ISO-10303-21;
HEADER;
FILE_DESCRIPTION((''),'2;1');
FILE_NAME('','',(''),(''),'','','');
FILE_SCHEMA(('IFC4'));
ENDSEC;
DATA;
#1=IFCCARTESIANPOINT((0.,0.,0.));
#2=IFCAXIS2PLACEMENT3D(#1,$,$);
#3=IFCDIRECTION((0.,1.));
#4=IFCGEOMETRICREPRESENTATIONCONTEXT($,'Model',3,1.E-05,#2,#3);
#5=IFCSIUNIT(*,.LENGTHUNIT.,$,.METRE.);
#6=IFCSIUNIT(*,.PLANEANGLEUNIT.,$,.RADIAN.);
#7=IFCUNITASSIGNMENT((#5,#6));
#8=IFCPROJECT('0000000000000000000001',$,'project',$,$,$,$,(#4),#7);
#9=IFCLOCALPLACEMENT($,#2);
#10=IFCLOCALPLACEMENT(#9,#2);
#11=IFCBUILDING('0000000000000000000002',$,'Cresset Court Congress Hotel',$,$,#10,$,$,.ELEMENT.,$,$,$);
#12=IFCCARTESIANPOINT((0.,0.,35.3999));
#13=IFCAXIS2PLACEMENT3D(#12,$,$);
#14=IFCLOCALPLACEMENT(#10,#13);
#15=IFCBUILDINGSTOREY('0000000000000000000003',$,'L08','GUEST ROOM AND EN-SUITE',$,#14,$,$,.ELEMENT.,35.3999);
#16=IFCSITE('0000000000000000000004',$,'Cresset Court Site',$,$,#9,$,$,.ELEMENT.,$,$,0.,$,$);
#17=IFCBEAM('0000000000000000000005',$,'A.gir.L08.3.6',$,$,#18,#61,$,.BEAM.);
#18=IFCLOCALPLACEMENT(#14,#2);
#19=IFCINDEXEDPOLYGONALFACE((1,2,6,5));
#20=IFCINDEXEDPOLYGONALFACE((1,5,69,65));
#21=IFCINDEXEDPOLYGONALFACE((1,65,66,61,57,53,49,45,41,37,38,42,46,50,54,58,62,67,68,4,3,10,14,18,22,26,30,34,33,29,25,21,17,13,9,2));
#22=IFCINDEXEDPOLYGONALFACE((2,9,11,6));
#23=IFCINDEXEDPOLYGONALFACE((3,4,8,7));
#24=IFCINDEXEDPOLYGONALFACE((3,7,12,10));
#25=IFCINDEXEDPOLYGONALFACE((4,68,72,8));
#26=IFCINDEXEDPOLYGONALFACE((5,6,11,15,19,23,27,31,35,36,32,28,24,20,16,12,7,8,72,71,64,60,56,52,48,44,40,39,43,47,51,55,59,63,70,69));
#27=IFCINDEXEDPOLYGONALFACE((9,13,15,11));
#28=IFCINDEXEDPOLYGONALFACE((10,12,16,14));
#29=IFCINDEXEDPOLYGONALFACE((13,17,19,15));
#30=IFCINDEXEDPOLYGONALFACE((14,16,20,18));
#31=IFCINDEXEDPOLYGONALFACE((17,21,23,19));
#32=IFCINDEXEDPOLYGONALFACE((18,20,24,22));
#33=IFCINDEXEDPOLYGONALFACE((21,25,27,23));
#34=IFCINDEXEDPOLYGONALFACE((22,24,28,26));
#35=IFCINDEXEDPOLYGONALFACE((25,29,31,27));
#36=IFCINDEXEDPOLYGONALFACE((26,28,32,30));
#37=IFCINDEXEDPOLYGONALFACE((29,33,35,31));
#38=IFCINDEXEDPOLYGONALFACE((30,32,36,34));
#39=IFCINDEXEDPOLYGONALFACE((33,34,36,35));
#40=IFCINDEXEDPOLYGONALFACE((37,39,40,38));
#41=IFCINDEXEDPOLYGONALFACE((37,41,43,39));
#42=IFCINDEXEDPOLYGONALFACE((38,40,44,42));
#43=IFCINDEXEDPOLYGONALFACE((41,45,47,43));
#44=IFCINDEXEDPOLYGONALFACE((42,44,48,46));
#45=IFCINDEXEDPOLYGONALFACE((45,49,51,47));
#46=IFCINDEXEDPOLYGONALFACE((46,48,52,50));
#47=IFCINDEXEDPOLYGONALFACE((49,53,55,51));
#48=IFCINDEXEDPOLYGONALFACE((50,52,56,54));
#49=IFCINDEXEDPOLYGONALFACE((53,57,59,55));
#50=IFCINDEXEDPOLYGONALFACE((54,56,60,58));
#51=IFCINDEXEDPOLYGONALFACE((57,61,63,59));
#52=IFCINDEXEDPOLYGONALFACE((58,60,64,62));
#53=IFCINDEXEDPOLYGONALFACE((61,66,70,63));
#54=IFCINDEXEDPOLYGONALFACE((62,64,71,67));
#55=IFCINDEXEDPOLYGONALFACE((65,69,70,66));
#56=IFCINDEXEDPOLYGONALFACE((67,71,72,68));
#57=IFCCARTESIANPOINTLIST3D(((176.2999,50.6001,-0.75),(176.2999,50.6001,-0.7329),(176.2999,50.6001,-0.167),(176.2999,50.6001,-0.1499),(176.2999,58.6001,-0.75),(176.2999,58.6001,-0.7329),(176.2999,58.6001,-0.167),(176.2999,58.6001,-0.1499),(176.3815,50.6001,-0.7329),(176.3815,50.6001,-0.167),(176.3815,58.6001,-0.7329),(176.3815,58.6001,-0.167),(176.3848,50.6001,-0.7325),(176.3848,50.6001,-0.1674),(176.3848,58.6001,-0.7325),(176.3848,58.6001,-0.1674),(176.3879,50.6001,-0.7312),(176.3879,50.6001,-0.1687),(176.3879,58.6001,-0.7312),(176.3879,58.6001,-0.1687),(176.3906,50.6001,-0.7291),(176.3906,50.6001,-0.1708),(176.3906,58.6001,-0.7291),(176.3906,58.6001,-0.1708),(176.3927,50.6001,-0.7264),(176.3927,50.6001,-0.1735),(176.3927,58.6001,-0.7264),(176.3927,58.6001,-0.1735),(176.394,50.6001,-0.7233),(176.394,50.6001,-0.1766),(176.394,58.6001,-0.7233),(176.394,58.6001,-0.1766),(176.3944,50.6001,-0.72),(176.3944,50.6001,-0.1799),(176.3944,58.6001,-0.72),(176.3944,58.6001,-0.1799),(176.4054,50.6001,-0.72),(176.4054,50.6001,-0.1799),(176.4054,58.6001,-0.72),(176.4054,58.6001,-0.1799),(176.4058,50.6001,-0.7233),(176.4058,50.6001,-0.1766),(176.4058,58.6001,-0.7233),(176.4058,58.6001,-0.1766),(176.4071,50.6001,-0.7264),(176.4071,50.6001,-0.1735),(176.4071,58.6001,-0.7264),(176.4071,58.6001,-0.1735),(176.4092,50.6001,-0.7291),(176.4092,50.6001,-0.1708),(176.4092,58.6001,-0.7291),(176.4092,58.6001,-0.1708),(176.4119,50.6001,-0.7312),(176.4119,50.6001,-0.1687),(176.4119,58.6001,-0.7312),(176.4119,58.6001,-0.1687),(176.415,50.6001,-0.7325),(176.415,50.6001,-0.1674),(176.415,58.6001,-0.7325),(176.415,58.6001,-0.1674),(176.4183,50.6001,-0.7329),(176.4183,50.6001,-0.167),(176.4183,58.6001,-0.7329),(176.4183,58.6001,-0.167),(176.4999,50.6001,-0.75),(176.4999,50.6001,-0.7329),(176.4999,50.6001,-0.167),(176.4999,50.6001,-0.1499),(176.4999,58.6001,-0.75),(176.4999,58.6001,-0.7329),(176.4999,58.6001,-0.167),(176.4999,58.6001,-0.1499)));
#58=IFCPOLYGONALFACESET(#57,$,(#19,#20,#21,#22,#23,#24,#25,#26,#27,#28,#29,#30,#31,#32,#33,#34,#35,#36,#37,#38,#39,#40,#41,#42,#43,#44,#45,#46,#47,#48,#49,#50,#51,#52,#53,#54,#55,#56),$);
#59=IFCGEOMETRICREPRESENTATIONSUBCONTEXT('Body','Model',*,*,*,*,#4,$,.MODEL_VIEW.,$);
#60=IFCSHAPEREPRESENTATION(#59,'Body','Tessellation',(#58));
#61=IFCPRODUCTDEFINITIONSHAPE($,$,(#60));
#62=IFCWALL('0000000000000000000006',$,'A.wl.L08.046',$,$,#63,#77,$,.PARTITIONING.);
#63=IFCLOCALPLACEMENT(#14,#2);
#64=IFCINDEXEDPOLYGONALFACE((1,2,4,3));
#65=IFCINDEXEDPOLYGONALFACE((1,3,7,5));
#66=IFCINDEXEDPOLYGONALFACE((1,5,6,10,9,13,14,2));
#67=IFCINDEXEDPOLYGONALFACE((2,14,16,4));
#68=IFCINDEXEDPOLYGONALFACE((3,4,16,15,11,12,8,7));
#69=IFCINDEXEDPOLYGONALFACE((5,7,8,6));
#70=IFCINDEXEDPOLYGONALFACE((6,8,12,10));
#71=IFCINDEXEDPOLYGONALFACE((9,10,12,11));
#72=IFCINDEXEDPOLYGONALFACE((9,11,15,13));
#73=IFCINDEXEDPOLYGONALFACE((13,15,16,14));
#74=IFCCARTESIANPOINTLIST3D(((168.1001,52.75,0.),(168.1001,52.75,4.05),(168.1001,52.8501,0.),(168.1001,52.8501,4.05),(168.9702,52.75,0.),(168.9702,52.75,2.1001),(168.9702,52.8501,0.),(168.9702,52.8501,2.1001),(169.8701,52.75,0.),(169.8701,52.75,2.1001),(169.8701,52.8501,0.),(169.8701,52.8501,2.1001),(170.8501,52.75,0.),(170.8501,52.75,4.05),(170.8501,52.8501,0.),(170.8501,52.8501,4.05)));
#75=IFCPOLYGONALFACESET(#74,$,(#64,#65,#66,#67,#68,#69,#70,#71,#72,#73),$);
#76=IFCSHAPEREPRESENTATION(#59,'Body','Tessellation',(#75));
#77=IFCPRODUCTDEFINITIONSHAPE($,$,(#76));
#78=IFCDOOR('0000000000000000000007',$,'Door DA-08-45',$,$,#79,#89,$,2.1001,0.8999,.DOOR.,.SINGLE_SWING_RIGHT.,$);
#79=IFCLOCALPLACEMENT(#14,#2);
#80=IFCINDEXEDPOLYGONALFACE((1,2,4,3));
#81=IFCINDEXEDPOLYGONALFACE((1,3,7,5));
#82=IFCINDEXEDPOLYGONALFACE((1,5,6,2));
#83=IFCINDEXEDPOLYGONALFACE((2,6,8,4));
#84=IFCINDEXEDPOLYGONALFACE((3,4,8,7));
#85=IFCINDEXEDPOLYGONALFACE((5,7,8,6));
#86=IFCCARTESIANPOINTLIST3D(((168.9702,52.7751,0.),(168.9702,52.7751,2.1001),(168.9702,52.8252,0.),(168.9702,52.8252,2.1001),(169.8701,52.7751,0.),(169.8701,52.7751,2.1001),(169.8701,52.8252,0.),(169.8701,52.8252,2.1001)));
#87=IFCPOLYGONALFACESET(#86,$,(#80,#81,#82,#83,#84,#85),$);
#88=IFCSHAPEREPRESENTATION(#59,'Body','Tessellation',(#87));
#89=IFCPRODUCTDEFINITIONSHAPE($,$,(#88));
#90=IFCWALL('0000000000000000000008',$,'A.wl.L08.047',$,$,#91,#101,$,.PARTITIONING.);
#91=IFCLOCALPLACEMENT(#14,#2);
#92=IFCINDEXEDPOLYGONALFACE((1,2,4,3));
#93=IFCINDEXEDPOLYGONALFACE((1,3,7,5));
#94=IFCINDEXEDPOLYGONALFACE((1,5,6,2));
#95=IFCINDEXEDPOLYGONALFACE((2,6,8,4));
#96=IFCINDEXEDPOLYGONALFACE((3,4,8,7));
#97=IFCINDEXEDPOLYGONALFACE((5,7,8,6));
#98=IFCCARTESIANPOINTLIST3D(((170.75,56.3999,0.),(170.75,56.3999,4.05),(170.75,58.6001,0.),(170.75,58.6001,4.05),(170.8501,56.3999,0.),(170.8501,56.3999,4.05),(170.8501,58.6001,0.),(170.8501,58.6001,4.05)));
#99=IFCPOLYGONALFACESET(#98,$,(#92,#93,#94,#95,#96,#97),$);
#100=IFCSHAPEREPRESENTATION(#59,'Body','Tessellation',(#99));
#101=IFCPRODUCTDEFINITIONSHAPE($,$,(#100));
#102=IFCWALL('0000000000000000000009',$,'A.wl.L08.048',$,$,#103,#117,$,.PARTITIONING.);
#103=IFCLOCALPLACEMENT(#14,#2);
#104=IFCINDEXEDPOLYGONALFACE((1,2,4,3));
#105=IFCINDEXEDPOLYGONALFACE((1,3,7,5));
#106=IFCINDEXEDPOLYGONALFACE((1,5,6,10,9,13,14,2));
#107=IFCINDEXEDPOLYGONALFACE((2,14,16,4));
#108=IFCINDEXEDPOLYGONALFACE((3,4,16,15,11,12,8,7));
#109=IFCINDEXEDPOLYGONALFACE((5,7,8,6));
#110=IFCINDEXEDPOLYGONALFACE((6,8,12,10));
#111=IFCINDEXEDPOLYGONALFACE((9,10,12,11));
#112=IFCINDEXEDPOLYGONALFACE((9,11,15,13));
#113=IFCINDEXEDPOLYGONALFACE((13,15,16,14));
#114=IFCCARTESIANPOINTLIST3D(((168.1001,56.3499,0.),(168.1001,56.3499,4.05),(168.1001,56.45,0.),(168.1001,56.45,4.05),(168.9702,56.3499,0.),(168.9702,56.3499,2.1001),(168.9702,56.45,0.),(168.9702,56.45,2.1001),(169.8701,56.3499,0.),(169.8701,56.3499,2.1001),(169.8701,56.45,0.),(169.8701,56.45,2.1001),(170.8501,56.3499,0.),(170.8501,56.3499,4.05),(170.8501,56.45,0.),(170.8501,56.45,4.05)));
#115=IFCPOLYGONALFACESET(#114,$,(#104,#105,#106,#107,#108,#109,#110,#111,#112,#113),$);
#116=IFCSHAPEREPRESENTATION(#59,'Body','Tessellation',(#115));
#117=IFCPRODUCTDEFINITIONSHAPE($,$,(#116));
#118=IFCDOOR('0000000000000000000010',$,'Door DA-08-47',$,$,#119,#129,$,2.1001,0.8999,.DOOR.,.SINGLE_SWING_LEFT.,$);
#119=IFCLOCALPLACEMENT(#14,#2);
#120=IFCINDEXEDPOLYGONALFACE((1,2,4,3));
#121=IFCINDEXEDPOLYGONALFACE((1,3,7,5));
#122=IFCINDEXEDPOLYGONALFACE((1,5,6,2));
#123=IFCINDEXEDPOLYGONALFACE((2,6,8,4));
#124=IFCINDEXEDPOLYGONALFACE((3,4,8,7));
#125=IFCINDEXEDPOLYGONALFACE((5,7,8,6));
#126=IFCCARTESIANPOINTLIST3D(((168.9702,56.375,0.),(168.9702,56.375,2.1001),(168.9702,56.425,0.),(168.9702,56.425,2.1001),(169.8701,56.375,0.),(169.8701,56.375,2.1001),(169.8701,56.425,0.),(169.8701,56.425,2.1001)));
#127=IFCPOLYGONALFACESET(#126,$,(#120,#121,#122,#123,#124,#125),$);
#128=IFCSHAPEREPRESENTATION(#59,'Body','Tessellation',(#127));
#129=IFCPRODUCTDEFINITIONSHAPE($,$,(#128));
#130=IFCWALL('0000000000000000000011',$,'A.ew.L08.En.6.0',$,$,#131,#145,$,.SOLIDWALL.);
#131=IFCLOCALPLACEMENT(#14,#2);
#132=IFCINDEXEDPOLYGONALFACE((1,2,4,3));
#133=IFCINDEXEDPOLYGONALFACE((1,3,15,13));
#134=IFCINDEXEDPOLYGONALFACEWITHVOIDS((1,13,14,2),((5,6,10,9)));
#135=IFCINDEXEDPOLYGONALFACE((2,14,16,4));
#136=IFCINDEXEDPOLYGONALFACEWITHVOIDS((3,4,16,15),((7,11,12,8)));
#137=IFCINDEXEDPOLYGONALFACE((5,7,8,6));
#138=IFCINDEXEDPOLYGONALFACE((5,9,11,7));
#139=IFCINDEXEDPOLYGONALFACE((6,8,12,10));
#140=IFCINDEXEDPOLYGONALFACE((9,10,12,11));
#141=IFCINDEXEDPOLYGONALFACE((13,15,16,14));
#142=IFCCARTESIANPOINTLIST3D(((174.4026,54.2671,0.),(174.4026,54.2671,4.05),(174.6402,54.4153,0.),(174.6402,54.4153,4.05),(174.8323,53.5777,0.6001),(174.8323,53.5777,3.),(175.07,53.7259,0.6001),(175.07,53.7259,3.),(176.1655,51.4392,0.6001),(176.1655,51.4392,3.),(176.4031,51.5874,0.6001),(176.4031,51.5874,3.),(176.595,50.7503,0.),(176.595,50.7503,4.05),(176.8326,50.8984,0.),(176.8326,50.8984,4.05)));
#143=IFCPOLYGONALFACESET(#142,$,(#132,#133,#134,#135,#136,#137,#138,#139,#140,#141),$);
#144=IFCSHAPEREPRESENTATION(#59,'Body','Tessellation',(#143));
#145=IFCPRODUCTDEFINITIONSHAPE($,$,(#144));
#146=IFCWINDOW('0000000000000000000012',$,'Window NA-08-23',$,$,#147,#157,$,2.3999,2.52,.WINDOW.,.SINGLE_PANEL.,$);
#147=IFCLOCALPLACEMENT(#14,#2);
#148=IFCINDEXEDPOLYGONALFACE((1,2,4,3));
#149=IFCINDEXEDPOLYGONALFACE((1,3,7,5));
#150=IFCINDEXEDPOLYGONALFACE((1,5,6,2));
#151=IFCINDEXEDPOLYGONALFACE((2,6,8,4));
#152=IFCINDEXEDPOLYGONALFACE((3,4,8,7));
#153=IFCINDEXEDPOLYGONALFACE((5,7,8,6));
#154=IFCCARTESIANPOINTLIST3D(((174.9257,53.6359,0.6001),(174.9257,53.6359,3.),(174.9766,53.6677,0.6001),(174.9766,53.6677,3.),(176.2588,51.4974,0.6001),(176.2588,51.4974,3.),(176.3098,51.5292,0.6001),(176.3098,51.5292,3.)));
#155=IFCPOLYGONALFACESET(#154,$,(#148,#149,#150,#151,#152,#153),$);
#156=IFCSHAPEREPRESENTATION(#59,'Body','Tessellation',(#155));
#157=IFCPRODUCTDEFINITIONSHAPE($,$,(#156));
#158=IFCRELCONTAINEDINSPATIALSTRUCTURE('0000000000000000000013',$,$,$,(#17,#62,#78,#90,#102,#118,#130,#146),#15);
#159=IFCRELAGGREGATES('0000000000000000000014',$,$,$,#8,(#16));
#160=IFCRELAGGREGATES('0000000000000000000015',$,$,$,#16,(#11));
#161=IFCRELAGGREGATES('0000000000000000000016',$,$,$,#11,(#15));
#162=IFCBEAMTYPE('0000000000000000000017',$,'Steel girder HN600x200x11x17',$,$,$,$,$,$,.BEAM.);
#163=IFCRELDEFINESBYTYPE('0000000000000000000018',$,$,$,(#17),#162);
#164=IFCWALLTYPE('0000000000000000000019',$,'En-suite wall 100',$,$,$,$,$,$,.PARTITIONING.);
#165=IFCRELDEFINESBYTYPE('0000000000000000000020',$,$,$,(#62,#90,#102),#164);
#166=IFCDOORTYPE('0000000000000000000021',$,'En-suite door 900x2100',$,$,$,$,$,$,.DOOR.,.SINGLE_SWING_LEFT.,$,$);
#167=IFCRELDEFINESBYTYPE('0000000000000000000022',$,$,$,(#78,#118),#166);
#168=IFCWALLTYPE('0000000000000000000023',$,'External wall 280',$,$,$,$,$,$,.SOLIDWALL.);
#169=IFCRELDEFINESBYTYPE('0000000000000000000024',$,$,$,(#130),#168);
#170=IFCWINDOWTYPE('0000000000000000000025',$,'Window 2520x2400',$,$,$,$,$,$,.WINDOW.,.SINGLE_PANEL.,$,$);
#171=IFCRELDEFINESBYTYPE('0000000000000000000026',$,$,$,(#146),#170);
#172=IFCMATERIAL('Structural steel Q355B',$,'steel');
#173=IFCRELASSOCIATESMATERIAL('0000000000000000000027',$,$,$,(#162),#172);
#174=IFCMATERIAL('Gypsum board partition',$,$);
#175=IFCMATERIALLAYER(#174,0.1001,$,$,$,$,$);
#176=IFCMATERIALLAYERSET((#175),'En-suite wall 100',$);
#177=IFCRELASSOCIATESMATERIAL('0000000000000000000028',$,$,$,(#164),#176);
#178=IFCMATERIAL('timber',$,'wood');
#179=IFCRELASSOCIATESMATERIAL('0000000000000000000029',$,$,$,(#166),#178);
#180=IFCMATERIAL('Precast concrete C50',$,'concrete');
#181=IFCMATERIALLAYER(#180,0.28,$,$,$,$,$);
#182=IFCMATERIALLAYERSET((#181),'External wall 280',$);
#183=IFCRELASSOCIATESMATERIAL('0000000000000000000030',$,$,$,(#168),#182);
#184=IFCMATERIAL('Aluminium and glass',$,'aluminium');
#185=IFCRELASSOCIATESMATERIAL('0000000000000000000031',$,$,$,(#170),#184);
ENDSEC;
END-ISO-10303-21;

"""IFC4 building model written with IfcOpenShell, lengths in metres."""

from ifc_helpers import new_model, si_unit, direction, frame, frame_2d, origin, origin_2d, place, context, subcontext, project, spatial, rectangle, i_section, extrude, material, layer, layer_set, material_profile, profile_set, type_object, element, fill, save


model = new_model("IFC4")

# Units and contexts
model_context = context("Model", 3, precision=1e-05, world=origin(), true_north=direction((0.0, 1.0)))
body_context = subcontext(model_context, "Body", "Model", "MODEL_VIEW")
ifc_project = project(units=[si_unit("LENGTHUNIT", "METRE"), si_unit("PLANEANGLEUNIT", "RADIAN")], contexts=[model_context])

# Site, building, storey
site_placement = place(None, origin())
site = spatial("IfcSite", under=ifc_project, at=site_placement, Name="Cresset Court Site", CompositionType="ELEMENT", RefElevation=0.0)
building_placement = place(site_placement, origin())
building = spatial("IfcBuilding", under=site, at=building_placement, Name="Cresset Court Congress Hotel", CompositionType="ELEMENT")
storey_placement = place(building_placement, frame((0.0, 0.0, 35.3999)))
storey = spatial("IfcBuildingStorey", under=building, at=storey_placement, Name="L08", Description="GUEST ROOM AND EN-SUITE", CompositionType="ELEMENT", Elevation=35.3999)

# Beam
ifc_material_1 = material(Name="Structural steel Q355B", Category="steel")
ifc_material_profile = material_profile(ifc_material_1, i_section(OverallWidth=0.2, OverallDepth=0.6001, WebThickness=0.011, FlangeThickness=0.0171, FilletRadius=0.0129, at=origin_2d()), Name="HN600x200x11x17")
ifc_profile_set = profile_set([ifc_material_profile], Name="Structural steel Q355B")
beam_type = type_object("IfcBeamType", Name="Steel girder HN600x200x11x17", PredefinedType="BEAM", material=ifc_profile_set)
beam_placement = place(storey_placement, frame((176.3999, 50.6001, -0.45), z_axis=(0.0, 1.0, 0.0), x_axis=(-1.0, 0.0, 0.0)))
element("IfcBeam", 1, at=beam_placement, inside=storey, type_object=beam_type, Name="A.gir.L08.3.6", PredefinedType="BEAM", context=body_context, shape_type="SweptSolid", body=[
    extrude(i_section(OverallWidth=0.2, OverallDepth=0.6001, WebThickness=0.011, FlangeThickness=0.0171, FilletRadius=0.0129, at=origin_2d()), origin(), (0.0, 0.0, 1.0), 8.0),
])

# Wall, opening, door
ifc_material_2 = material(Name="Gypsum board partition")
ifc_layer_1 = layer(ifc_material_2, 0.1001)
ifc_layer_set_1 = layer_set([ifc_layer_1], Name="En-suite wall 100")
wall_type_1 = type_object("IfcWallType", Name="En-suite wall 100", PredefinedType="PARTITIONING", material=ifc_layer_set_1)
wall_1_placement = place(storey_placement, frame((170.8501, 52.8, 0.0), z_axis=(0.0, 0.0, 1.0), x_axis=(-1.0, 0.0, 0.0)))
wall_1 = element("IfcWall", 2, at=wall_1_placement, inside=storey, type_object=wall_type_1, Name="A.wl.L08.046", PredefinedType="PARTITIONING", context=body_context, shape_type="SweptSolid", body=[
    extrude(rectangle(XDim=2.75, YDim=0.1001, at=frame_2d((1.375, 0.0))), origin(), (0.0, 0.0, 1.0), 4.05),
])
opening_1_placement = place(wall_1_placement, frame((0.98, 0.0, 0.0)))
opening_1 = element("IfcOpeningElement", 3, at=opening_1_placement, cuts=wall_1, PredefinedType="OPENING", context=body_context, shape_type="SweptSolid", body=[
    extrude(rectangle(XDim=0.8999, YDim=2.1001, at=frame_2d((0.45, 1.05))), frame((0.0, 0.0601, 0.0), z_axis=(0.0, -1.0, 0.0), x_axis=(1.0, 0.0, 0.0)), (0.0, 0.0, 1.0), 0.1201),
])
ifc_material_3 = material(Name="timber", Category="wood")
door_type = type_object("IfcDoorType", Name="En-suite door 900x2100", OperationType="SINGLE_SWING_LEFT", PredefinedType="DOOR", material=ifc_material_3)
door_1_placement = place(opening_1_placement, origin())
door_1 = element("IfcDoor", 4, at=door_1_placement, inside=storey, type_object=door_type, Name="Door DA-08-45", OperationType="SINGLE_SWING_RIGHT", OverallHeight=2.1001, OverallWidth=0.8999, PredefinedType="DOOR", context=body_context, shape_type="SweptSolid", body=[
    extrude(rectangle(XDim=0.8999, YDim=2.1001, at=frame_2d((0.45, 1.05))), frame((0.0, 0.0249, 0.0), z_axis=(0.0, -1.0, 0.0), x_axis=(1.0, 0.0, 0.0)), (0.0, 0.0, 1.0), 0.05),
])
fill(opening_1, door_1)

# Wall
wall_2_placement = place(storey_placement, frame((170.8, 56.3999, 0.0), z_axis=(0.0, 0.0, 1.0), x_axis=(0.0, 1.0, 0.0)))
element("IfcWall", 5, at=wall_2_placement, inside=storey, type_object=wall_type_1, Name="A.wl.L08.047", PredefinedType="PARTITIONING", context=body_context, shape_type="SweptSolid", body=[
    extrude(rectangle(XDim=2.2002, YDim=0.1001, at=frame_2d((1.1001, 0.0))), origin(), (0.0, 0.0, 1.0), 4.05),
])

# Wall, opening, door
wall_3_placement = place(storey_placement, frame((170.8501, 56.3999, 0.0), z_axis=(0.0, 0.0, 1.0), x_axis=(-1.0, 0.0, 0.0)))
wall_3 = element("IfcWall", 6, at=wall_3_placement, inside=storey, type_object=wall_type_1, Name="A.wl.L08.048", PredefinedType="PARTITIONING", context=body_context, shape_type="SweptSolid", body=[
    extrude(rectangle(XDim=2.75, YDim=0.1001, at=frame_2d((1.375, 0.0))), origin(), (0.0, 0.0, 1.0), 4.05),
])
opening_2_placement = place(wall_3_placement, frame((0.98, 0.0, 0.0)))
opening_2 = element("IfcOpeningElement", 7, at=opening_2_placement, cuts=wall_3, PredefinedType="OPENING", context=body_context, shape_type="SweptSolid", body=[
    extrude(rectangle(XDim=0.8999, YDim=2.1001, at=frame_2d((0.45, 1.05))), frame((0.0, 0.0601, 0.0), z_axis=(0.0, -1.0, 0.0), x_axis=(1.0, 0.0, 0.0)), (0.0, 0.0, 1.0), 0.1201),
])
door_2_placement = place(opening_2_placement, origin())
door_2 = element("IfcDoor", 8, at=door_2_placement, inside=storey, type_object=door_type, Name="Door DA-08-47", OperationType="SINGLE_SWING_LEFT", OverallHeight=2.1001, OverallWidth=0.8999, PredefinedType="DOOR", context=body_context, shape_type="SweptSolid", body=[
    extrude(rectangle(XDim=0.8999, YDim=2.1001, at=frame_2d((0.45, 1.05))), frame((0.0, 0.0249, 0.0), z_axis=(0.0, -1.0, 0.0), x_axis=(1.0, 0.0, 0.0)), (0.0, 0.0, 1.0), 0.05),
])
fill(opening_2, door_2)

# Wall, opening, window
ifc_material_4 = material(Name="Precast concrete C50", Category="concrete")
ifc_layer_2 = layer(ifc_material_4, 0.28)
ifc_layer_set_2 = layer_set([ifc_layer_2], Name="External wall 280")
wall_type_2 = type_object("IfcWallType", Name="External wall 280", PredefinedType="SOLIDWALL", material=ifc_layer_set_2)
wall_4_placement = place(storey_placement, frame((176.7139, 50.8242, 0.0), z_axis=(0.0, 0.0, 1.0), x_axis=(-0.529019, 0.84861, 0.0)))
wall_4 = element("IfcWall", 9, at=wall_4_placement, inside=storey, type_object=wall_type_2, Name="A.ew.L08.En.6.0", PredefinedType="SOLIDWALL", context=body_context, shape_type="SweptSolid", body=[
    extrude(rectangle(XDim=4.1443, YDim=0.28, at=frame_2d((2.0723, 0.0))), origin(), (0.0, 0.0, 1.0), 4.05),
])
opening_3_placement = place(wall_4_placement, frame((0.812, 0.0, 0.6001)))
opening_3 = element("IfcOpeningElement", 10, at=opening_3_placement, cuts=wall_4, PredefinedType="OPENING", context=body_context, shape_type="SweptSolid", body=[
    extrude(rectangle(XDim=2.52, YDim=2.3999, at=frame_2d((1.26, 1.2))), frame((0.0, 0.1499, 0.0), z_axis=(0.0, -1.0, 0.0), x_axis=(1.0, 0.0, 0.0)), (0.0, 0.0, 1.0), 0.3),
])
ifc_material_5 = material(Name="Aluminium and glass", Category="aluminium")
window_type = type_object("IfcWindowType", Name="Window 2520x2400", PartitioningType="SINGLE_PANEL", PredefinedType="WINDOW", material=ifc_material_5)
window_1_placement = place(opening_3_placement, origin())
window_1 = element("IfcWindow", 11, at=window_1_placement, inside=storey, type_object=window_type, Name="Window NA-08-23", OverallHeight=2.3999, OverallWidth=2.52, PartitioningType="SINGLE_PANEL", PredefinedType="WINDOW", context=body_context, shape_type="SweptSolid", body=[
    extrude(rectangle(XDim=2.52, YDim=2.3999, at=frame_2d((1.26, 1.2))), frame((0.0, 0.03, 0.0), z_axis=(0.0, -1.0, 0.0), x_axis=(1.0, 0.0, 0.0)), (0.0, 0.0, 1.0), 0.0601),
])
fill(opening_3, window_1)

save(model, "model.ifc")
